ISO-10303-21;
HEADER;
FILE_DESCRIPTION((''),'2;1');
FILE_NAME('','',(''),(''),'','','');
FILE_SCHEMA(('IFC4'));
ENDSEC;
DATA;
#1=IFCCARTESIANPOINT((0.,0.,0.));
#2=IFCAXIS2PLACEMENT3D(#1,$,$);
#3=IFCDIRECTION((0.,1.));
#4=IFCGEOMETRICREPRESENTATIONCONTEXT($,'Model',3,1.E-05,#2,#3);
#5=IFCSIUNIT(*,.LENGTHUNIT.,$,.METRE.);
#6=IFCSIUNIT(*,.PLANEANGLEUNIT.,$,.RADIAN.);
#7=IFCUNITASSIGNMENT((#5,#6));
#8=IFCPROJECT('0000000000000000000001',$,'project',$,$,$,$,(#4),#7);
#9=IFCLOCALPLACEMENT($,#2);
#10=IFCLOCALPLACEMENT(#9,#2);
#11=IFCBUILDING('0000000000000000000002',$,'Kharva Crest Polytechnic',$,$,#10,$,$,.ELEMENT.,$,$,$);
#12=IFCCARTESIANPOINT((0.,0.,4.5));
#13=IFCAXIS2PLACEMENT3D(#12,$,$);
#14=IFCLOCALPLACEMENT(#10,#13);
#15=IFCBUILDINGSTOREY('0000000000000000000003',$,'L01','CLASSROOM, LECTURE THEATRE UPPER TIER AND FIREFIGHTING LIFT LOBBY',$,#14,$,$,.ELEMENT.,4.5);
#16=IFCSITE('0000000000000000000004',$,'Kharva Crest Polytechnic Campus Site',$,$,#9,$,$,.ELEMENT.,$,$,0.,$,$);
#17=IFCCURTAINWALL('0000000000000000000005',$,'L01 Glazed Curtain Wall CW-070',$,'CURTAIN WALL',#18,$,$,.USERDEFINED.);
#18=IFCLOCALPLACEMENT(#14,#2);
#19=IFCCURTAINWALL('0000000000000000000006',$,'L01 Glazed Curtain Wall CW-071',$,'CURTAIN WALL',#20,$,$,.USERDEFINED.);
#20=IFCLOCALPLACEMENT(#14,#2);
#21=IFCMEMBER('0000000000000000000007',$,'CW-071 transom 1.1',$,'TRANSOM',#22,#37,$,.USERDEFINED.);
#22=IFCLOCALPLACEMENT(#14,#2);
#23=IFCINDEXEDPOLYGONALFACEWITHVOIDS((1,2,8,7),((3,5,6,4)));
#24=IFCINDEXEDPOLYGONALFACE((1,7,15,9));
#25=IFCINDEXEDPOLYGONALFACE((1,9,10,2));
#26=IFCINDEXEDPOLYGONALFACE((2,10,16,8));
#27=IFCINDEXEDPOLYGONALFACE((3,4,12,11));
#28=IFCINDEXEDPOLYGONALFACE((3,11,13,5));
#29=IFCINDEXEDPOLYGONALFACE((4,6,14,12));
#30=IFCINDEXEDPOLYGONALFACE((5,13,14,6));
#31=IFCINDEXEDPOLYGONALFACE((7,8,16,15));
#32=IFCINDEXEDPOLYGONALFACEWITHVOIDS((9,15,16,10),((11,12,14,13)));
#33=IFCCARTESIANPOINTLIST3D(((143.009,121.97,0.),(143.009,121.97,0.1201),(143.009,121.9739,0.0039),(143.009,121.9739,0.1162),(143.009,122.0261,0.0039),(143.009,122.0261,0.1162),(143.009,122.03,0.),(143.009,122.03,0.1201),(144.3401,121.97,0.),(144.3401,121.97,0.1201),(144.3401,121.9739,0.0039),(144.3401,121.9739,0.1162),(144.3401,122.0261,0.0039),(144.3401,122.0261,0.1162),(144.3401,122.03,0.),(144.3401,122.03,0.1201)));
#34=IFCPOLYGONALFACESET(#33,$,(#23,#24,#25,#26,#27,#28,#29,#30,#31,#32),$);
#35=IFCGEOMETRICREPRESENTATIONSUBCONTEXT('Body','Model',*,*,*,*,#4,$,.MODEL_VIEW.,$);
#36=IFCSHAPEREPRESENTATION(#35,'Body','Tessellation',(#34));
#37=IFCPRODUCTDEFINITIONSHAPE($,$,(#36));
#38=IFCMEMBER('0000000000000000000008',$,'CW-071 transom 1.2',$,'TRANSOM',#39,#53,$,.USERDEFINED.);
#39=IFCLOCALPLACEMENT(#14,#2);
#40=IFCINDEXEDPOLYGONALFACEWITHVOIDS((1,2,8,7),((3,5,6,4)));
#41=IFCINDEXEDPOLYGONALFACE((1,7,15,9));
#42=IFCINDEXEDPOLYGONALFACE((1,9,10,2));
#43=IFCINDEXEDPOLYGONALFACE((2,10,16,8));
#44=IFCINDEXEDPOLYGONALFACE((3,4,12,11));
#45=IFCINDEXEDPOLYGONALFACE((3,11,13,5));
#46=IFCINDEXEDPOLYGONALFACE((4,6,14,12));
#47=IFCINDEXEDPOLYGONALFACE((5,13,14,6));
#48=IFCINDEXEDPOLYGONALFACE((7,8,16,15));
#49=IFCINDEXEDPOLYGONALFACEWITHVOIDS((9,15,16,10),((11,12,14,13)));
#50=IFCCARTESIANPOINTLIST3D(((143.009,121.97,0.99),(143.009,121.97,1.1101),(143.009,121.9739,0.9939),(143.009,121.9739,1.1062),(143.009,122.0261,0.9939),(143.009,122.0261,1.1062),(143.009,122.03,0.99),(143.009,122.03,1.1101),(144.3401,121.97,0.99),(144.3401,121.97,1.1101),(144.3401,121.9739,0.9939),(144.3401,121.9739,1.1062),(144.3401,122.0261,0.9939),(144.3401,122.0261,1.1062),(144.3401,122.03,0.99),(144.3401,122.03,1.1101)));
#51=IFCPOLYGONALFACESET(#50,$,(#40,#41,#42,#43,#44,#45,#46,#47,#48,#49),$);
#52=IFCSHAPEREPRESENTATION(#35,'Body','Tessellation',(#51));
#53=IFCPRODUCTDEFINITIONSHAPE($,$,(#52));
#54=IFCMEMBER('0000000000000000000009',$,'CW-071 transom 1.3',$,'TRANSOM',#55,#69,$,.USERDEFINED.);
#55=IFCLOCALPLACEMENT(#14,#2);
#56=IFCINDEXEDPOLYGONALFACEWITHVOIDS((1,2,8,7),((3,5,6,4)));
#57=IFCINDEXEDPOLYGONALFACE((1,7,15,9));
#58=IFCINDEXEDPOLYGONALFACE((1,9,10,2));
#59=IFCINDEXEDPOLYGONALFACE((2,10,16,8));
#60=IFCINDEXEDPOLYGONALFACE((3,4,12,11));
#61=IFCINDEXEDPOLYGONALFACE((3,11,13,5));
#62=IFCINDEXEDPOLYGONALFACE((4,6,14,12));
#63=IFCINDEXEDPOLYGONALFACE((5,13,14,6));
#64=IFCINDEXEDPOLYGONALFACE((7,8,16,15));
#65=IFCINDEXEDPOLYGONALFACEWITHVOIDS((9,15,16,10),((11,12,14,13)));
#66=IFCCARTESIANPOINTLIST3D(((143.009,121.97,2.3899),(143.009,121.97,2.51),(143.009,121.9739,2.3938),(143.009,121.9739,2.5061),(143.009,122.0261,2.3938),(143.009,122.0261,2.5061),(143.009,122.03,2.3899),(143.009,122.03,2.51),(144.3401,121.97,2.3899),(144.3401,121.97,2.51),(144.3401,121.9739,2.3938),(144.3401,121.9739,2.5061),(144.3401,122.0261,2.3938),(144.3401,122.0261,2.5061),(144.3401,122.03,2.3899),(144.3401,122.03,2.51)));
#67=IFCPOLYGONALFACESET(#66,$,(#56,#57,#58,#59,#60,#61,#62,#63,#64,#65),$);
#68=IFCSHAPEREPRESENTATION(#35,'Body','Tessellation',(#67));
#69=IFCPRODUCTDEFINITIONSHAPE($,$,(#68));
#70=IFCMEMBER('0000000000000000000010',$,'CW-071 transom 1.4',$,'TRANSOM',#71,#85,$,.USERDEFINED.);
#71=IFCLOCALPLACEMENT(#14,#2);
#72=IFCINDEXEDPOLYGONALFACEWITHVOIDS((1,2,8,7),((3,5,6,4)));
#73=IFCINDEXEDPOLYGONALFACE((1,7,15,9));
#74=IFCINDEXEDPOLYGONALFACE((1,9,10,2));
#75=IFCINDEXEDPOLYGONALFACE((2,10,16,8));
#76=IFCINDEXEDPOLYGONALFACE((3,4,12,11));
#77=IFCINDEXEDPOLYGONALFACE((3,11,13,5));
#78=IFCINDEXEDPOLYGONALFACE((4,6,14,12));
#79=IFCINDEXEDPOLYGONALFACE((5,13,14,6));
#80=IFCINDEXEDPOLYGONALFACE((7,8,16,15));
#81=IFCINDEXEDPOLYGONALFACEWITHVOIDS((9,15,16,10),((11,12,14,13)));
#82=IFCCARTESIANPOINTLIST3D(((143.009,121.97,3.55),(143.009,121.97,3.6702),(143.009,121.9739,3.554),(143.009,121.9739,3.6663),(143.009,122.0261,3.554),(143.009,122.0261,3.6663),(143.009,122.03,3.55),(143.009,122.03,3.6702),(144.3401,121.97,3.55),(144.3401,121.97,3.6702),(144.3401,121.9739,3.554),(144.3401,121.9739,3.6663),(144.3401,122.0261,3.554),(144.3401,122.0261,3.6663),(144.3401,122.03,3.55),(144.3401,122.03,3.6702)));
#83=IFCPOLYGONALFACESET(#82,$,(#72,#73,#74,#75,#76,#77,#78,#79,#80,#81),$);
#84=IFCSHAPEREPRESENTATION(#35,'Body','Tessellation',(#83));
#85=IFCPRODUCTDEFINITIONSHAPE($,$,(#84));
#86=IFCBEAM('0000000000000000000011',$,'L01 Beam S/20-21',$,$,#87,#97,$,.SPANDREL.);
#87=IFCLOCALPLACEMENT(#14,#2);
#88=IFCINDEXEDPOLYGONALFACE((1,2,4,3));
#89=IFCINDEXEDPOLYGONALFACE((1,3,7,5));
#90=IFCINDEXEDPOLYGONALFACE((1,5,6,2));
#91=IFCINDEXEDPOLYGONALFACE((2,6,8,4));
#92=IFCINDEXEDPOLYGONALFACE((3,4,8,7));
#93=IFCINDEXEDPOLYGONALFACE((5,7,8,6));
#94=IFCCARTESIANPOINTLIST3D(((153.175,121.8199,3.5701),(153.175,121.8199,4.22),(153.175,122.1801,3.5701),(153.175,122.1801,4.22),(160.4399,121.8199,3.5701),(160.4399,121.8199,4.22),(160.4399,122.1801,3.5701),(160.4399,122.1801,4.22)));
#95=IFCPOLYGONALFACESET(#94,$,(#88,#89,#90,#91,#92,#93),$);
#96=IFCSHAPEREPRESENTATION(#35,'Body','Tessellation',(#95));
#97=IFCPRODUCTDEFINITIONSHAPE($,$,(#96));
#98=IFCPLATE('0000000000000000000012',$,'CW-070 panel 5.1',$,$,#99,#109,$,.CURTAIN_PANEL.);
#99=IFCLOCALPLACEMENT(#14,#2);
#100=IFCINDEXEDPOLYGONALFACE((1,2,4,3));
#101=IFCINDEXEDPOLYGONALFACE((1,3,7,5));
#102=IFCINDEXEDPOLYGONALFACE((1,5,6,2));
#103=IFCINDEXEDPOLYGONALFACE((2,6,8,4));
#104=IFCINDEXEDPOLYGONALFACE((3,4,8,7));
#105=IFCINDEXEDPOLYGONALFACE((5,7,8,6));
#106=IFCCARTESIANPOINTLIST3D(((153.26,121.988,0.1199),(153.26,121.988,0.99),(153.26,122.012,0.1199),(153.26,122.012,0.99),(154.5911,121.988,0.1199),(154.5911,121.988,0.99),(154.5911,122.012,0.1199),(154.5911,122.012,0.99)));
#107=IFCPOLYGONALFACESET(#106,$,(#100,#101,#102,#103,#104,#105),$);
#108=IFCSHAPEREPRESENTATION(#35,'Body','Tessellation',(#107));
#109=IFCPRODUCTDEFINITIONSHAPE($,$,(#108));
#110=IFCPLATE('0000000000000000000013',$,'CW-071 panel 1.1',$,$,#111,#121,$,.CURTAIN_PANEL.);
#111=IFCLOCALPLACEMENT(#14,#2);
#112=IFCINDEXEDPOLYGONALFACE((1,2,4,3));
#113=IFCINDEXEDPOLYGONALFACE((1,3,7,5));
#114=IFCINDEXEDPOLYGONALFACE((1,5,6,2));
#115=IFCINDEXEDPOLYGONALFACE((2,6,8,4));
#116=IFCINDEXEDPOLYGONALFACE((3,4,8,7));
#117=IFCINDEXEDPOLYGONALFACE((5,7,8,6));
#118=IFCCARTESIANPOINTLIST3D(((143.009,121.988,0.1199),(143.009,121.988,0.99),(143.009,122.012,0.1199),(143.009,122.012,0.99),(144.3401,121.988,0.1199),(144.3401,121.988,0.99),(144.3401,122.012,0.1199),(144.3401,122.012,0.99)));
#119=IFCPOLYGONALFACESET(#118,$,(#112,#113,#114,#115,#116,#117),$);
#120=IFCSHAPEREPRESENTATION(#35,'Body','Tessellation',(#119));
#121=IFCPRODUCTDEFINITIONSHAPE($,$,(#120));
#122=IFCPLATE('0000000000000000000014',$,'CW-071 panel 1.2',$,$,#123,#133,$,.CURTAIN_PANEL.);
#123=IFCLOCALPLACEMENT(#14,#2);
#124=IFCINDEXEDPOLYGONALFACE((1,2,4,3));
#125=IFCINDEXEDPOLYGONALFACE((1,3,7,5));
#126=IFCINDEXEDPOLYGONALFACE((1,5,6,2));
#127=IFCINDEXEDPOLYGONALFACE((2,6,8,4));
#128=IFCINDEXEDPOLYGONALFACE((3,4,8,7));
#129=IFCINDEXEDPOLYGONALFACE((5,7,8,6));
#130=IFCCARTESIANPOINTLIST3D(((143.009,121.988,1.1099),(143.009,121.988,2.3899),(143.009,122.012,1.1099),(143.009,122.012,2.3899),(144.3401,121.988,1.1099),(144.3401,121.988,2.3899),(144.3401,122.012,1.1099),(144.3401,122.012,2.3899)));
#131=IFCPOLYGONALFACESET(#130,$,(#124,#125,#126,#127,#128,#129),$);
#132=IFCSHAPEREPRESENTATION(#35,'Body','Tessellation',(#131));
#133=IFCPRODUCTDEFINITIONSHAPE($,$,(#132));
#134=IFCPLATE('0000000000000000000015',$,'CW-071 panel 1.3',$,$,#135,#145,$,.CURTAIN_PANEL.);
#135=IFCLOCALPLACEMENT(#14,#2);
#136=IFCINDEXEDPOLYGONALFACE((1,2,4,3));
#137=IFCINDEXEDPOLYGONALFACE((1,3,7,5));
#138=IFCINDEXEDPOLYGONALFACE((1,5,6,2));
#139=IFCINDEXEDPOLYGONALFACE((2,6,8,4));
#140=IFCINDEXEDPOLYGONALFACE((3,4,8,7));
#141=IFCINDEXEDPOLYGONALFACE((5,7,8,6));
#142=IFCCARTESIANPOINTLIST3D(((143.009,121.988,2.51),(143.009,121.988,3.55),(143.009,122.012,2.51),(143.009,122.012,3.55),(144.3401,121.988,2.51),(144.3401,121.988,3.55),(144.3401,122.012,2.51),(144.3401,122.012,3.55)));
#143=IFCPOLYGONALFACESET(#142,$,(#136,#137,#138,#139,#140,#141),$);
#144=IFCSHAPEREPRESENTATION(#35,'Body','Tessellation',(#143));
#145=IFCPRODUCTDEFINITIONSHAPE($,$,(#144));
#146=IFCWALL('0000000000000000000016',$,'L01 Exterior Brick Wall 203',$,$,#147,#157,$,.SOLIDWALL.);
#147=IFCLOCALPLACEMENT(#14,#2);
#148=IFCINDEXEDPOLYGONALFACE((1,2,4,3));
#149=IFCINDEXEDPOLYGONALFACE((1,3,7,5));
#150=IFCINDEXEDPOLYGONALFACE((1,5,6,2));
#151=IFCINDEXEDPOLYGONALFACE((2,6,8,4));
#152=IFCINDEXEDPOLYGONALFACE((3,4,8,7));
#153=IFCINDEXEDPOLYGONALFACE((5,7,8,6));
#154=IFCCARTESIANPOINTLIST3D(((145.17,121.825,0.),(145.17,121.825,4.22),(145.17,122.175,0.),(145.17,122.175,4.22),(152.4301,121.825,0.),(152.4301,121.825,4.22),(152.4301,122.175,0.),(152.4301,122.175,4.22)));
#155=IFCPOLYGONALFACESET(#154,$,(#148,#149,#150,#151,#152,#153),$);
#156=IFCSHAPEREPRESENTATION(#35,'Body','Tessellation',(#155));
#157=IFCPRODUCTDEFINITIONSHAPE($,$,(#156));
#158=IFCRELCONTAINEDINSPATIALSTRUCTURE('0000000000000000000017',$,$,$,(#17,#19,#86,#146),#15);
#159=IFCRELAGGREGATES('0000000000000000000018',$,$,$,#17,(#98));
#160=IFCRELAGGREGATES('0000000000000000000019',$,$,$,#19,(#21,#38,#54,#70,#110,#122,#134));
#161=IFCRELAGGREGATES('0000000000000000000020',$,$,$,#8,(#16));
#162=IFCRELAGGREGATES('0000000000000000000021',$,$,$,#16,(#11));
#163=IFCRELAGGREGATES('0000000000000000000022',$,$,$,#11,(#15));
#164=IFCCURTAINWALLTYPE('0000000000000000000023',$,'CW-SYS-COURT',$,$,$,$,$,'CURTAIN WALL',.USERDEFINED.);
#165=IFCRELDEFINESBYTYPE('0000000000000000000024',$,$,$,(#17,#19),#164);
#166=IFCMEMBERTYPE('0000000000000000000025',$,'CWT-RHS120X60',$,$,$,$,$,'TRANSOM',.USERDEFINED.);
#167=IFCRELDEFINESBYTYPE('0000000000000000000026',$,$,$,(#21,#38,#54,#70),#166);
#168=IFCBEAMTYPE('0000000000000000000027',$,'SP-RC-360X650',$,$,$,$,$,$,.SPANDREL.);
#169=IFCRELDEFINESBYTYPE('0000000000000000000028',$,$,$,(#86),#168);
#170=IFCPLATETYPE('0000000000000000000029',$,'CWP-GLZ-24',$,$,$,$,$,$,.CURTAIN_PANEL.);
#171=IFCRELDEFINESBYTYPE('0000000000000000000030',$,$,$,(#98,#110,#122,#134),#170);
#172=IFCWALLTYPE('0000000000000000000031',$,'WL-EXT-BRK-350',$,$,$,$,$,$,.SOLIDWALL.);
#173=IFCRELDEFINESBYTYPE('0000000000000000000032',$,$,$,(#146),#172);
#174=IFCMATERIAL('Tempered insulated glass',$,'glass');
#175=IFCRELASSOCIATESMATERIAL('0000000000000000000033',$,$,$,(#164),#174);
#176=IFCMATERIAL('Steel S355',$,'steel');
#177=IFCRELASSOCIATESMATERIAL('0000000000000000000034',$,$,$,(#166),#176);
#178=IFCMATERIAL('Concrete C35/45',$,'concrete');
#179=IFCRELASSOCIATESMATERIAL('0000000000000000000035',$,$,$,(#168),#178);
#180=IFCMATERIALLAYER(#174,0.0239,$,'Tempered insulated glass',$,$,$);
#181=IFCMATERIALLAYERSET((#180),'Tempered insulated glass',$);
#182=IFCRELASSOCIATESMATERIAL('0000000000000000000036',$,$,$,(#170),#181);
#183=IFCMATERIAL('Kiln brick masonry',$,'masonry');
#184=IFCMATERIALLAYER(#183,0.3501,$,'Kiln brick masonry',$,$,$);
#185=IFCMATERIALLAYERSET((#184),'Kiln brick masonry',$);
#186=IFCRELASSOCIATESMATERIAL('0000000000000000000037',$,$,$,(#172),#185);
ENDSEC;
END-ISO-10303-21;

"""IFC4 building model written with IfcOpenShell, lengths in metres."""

from ifc_helpers import new_model, si_unit, direction, frame, frame_2d, origin, origin_2d, place, context, subcontext, project, spatial, rectangle, hollow_rectangle, extrude, material, layer, layer_set, material_profile, profile_set, type_object, element, aggregate, save


model = new_model("IFC4")

# Units and contexts
model_context = context("Model", 3, precision=1e-05, world=origin(), true_north=direction((0.0, 1.0)))
body_context = subcontext(model_context, "Body", "Model", "MODEL_VIEW")
ifc_project = project(units=[si_unit("LENGTHUNIT", "METRE"), si_unit("PLANEANGLEUNIT", "RADIAN")], contexts=[model_context])

# Site, building, storey
site_placement = place(None, origin())
site = spatial("IfcSite", under=ifc_project, at=site_placement, Name="Kharva Crest Polytechnic Campus Site", CompositionType="ELEMENT", RefElevation=0.0)
building_placement = place(site_placement, origin())
building = spatial("IfcBuilding", under=site, at=building_placement, Name="Kharva Crest Polytechnic", CompositionType="ELEMENT")
storey_placement = place(building_placement, frame((0.0, 0.0, 4.5)))
storey = spatial("IfcBuildingStorey", under=building, at=storey_placement, Name="L01", Description="CLASSROOM, LECTURE THEATRE UPPER TIER AND FIREFIGHTING LIFT LOBBY", CompositionType="ELEMENT", Elevation=4.5)

# Shared definitions
ifc_material_1 = material(Name="Steel S355", Category="steel")

# Curtain wall
ifc_material_2 = material(Name="Tempered insulated glass", Category="glass")
curtain_wall_type = type_object("IfcCurtainWallType", Name="CW-SYS-COURT", ElementType="CURTAIN WALL", PredefinedType="USERDEFINED", material=ifc_material_2)
curtain_wall_1_placement = place(storey_placement, origin())
curtain_wall_1 = element("IfcCurtainWall", 1, at=curtain_wall_1_placement, inside=storey, type_object=curtain_wall_type, Name="L01 Glazed Curtain Wall CW-070", ObjectType="CURTAIN WALL", PredefinedType="USERDEFINED")

# Curtain wall, members
curtain_wall_2_placement = place(storey_placement, origin())
curtain_wall_2 = element("IfcCurtainWall", 2, at=curtain_wall_2_placement, inside=storey, type_object=curtain_wall_type, Name="L01 Glazed Curtain Wall CW-071", ObjectType="CURTAIN WALL", PredefinedType="USERDEFINED")
ifc_material_profile_1 = material_profile(ifc_material_1, hollow_rectangle(XDim=0.0601, YDim=0.1201, WallThickness=0.0039, at=origin_2d()), Name="RHS 120X60X4.0")
ifc_profile_set_1 = profile_set([ifc_material_profile_1], Name="Steel S355")
member_type_1 = type_object("IfcMemberType", Name="CWT-RHS120X60", ElementType="TRANSOM", PredefinedType="USERDEFINED", material=ifc_profile_set_1)
member_1_placement = place(storey_placement, frame((144.3401, 122.0, 0.0601), z_axis=(-1.0, 0.0, 0.0), x_axis=(0.0, -1.0, 0.0)))
member_1 = element("IfcMember", 3, at=member_1_placement, type_object=member_type_1, Name="CW-071 transom 1.1", ObjectType="TRANSOM", PredefinedType="USERDEFINED", context=body_context, shape_type="SweptSolid", body=[
    extrude(hollow_rectangle(XDim=0.0601, YDim=0.1201, WallThickness=0.0039, at=origin_2d()), origin(), (0.0, 0.0, 1.0), 1.3311),
])
member_2_placement = place(storey_placement, frame((144.3401, 122.0, 1.05), z_axis=(-1.0, 0.0, 0.0), x_axis=(0.0, -1.0, 0.0)))
member_2 = element("IfcMember", 4, at=member_2_placement, type_object=member_type_1, Name="CW-071 transom 1.2", ObjectType="TRANSOM", PredefinedType="USERDEFINED", context=body_context, shape_type="SweptSolid", body=[
    extrude(hollow_rectangle(XDim=0.0601, YDim=0.1201, WallThickness=0.0039, at=origin_2d()), origin(), (0.0, 0.0, 1.0), 1.3311),
])
member_3_placement = place(storey_placement, frame((144.3401, 122.0, 2.45), z_axis=(-1.0, 0.0, 0.0), x_axis=(0.0, -1.0, 0.0)))
member_3 = element("IfcMember", 5, at=member_3_placement, type_object=member_type_1, Name="CW-071 transom 1.3", ObjectType="TRANSOM", PredefinedType="USERDEFINED", context=body_context, shape_type="SweptSolid", body=[
    extrude(hollow_rectangle(XDim=0.0601, YDim=0.1201, WallThickness=0.0039, at=origin_2d()), origin(), (0.0, 0.0, 1.0), 1.3311),
])
member_4_placement = place(storey_placement, frame((144.3401, 122.0, 3.6101), z_axis=(-1.0, 0.0, 0.0), x_axis=(0.0, -1.0, 0.0)))
member_4 = element("IfcMember", 6, at=member_4_placement, type_object=member_type_1, Name="CW-071 transom 1.4", ObjectType="TRANSOM", PredefinedType="USERDEFINED", context=body_context, shape_type="SweptSolid", body=[
    extrude(hollow_rectangle(XDim=0.0601, YDim=0.1201, WallThickness=0.0039, at=origin_2d()), origin(), (0.0, 0.0, 1.0), 1.3311),
])

# Beam
ifc_material_3 = material(Name="Concrete C35/45", Category="concrete")
ifc_material_profile_2 = material_profile(ifc_material_3, rectangle(XDim=0.3601, YDim=0.6499, at=origin_2d()), Name="RECT 360 X 650")
ifc_profile_set_2 = profile_set([ifc_material_profile_2], Name="Concrete C35/45")
beam_type = type_object("IfcBeamType", Name="SP-RC-360X650", PredefinedType="SPANDREL", material=ifc_profile_set_2)
beam_placement = place(storey_placement, frame((153.175, 122.0, 3.895), z_axis=(1.0, 0.0, 0.0), x_axis=(0.0, 1.0, 0.0)))
element("IfcBeam", 7, at=beam_placement, inside=storey, type_object=beam_type, Name="L01 Beam S/20-21", PredefinedType="SPANDREL", context=body_context, shape_type="SweptSolid", body=[
    extrude(rectangle(XDim=0.3601, YDim=0.6499, at=origin_2d()), origin(), (0.0, 0.0, 1.0), 7.2649),
])

# Plates
ifc_layer_1 = layer(ifc_material_2, 0.0239, Name="Tempered insulated glass")
ifc_layer_set_1 = layer_set([ifc_layer_1], Name="Tempered insulated glass")
plate_type = type_object("IfcPlateType", Name="CWP-GLZ-24", PredefinedType="CURTAIN_PANEL", material=ifc_layer_set_1)
plate_1_placement = place(storey_placement, frame((153.9255, 122.0, 0.1199), z_axis=(0.0, 0.0, 1.0), x_axis=(-1.0, 0.0, 0.0)))
plate_1 = element("IfcPlate", 8, at=plate_1_placement, type_object=plate_type, Name="CW-070 panel 5.1", PredefinedType="CURTAIN_PANEL", context=body_context, shape_type="SweptSolid", body=[
    extrude(rectangle(XDim=1.3311, YDim=0.0239, at=origin_2d()), origin(), (0.0, 0.0, 1.0), 0.8701),
])
aggregate(curtain_wall_1, [plate_1])
plate_2_placement = place(storey_placement, frame((143.6746, 122.0, 0.1199), z_axis=(0.0, 0.0, 1.0), x_axis=(-1.0, 0.0, 0.0)))
plate_2 = element("IfcPlate", 9, at=plate_2_placement, type_object=plate_type, Name="CW-071 panel 1.1", PredefinedType="CURTAIN_PANEL", context=body_context, shape_type="SweptSolid", body=[
    extrude(rectangle(XDim=1.3311, YDim=0.0239, at=origin_2d()), origin(), (0.0, 0.0, 1.0), 0.8701),
])
plate_3_placement = place(storey_placement, frame((143.6746, 122.0, 1.1099), z_axis=(0.0, 0.0, 1.0), x_axis=(-1.0, 0.0, 0.0)))
plate_3 = element("IfcPlate", 10, at=plate_3_placement, type_object=plate_type, Name="CW-071 panel 1.2", PredefinedType="CURTAIN_PANEL", context=body_context, shape_type="SweptSolid", body=[
    extrude(rectangle(XDim=1.3311, YDim=0.0239, at=origin_2d()), origin(), (0.0, 0.0, 1.0), 1.28),
])
plate_4_placement = place(storey_placement, frame((143.6746, 122.0, 2.51), z_axis=(0.0, 0.0, 1.0), x_axis=(-1.0, 0.0, 0.0)))
plate_4 = element("IfcPlate", 11, at=plate_4_placement, type_object=plate_type, Name="CW-071 panel 1.3", PredefinedType="CURTAIN_PANEL", context=body_context, shape_type="SweptSolid", body=[
    extrude(rectangle(XDim=1.3311, YDim=0.0239, at=origin_2d()), origin(), (0.0, 0.0, 1.0), 1.04),
])
aggregate(curtain_wall_2, [member_1, member_2, member_3, member_4, plate_2, plate_3, plate_4])

# Wall
ifc_material_4 = material(Name="Kiln brick masonry", Category="masonry")
ifc_layer_2 = layer(ifc_material_4, 0.3501, Name="Kiln brick masonry")
ifc_layer_set_2 = layer_set([ifc_layer_2], Name="Kiln brick masonry")
wall_type = type_object("IfcWallType", Name="WL-EXT-BRK-350", PredefinedType="SOLIDWALL", material=ifc_layer_set_2)
wall_placement = place(storey_placement, frame((152.4299, 122.0, 0.0), z_axis=(0.0, 0.0, 1.0), x_axis=(-1.0, 0.0, 0.0)))
element("IfcWall", 12, at=wall_placement, inside=storey, type_object=wall_type, Name="L01 Exterior Brick Wall 203", PredefinedType="SOLIDWALL", context=body_context, shape_type="SweptSolid", body=[
    extrude(rectangle(XDim=7.26, YDim=0.3501, at=frame_2d((3.6299, 0.0))), origin(), (0.0, 0.0, 1.0), 4.22),
])

save(model, "model.ifc")
